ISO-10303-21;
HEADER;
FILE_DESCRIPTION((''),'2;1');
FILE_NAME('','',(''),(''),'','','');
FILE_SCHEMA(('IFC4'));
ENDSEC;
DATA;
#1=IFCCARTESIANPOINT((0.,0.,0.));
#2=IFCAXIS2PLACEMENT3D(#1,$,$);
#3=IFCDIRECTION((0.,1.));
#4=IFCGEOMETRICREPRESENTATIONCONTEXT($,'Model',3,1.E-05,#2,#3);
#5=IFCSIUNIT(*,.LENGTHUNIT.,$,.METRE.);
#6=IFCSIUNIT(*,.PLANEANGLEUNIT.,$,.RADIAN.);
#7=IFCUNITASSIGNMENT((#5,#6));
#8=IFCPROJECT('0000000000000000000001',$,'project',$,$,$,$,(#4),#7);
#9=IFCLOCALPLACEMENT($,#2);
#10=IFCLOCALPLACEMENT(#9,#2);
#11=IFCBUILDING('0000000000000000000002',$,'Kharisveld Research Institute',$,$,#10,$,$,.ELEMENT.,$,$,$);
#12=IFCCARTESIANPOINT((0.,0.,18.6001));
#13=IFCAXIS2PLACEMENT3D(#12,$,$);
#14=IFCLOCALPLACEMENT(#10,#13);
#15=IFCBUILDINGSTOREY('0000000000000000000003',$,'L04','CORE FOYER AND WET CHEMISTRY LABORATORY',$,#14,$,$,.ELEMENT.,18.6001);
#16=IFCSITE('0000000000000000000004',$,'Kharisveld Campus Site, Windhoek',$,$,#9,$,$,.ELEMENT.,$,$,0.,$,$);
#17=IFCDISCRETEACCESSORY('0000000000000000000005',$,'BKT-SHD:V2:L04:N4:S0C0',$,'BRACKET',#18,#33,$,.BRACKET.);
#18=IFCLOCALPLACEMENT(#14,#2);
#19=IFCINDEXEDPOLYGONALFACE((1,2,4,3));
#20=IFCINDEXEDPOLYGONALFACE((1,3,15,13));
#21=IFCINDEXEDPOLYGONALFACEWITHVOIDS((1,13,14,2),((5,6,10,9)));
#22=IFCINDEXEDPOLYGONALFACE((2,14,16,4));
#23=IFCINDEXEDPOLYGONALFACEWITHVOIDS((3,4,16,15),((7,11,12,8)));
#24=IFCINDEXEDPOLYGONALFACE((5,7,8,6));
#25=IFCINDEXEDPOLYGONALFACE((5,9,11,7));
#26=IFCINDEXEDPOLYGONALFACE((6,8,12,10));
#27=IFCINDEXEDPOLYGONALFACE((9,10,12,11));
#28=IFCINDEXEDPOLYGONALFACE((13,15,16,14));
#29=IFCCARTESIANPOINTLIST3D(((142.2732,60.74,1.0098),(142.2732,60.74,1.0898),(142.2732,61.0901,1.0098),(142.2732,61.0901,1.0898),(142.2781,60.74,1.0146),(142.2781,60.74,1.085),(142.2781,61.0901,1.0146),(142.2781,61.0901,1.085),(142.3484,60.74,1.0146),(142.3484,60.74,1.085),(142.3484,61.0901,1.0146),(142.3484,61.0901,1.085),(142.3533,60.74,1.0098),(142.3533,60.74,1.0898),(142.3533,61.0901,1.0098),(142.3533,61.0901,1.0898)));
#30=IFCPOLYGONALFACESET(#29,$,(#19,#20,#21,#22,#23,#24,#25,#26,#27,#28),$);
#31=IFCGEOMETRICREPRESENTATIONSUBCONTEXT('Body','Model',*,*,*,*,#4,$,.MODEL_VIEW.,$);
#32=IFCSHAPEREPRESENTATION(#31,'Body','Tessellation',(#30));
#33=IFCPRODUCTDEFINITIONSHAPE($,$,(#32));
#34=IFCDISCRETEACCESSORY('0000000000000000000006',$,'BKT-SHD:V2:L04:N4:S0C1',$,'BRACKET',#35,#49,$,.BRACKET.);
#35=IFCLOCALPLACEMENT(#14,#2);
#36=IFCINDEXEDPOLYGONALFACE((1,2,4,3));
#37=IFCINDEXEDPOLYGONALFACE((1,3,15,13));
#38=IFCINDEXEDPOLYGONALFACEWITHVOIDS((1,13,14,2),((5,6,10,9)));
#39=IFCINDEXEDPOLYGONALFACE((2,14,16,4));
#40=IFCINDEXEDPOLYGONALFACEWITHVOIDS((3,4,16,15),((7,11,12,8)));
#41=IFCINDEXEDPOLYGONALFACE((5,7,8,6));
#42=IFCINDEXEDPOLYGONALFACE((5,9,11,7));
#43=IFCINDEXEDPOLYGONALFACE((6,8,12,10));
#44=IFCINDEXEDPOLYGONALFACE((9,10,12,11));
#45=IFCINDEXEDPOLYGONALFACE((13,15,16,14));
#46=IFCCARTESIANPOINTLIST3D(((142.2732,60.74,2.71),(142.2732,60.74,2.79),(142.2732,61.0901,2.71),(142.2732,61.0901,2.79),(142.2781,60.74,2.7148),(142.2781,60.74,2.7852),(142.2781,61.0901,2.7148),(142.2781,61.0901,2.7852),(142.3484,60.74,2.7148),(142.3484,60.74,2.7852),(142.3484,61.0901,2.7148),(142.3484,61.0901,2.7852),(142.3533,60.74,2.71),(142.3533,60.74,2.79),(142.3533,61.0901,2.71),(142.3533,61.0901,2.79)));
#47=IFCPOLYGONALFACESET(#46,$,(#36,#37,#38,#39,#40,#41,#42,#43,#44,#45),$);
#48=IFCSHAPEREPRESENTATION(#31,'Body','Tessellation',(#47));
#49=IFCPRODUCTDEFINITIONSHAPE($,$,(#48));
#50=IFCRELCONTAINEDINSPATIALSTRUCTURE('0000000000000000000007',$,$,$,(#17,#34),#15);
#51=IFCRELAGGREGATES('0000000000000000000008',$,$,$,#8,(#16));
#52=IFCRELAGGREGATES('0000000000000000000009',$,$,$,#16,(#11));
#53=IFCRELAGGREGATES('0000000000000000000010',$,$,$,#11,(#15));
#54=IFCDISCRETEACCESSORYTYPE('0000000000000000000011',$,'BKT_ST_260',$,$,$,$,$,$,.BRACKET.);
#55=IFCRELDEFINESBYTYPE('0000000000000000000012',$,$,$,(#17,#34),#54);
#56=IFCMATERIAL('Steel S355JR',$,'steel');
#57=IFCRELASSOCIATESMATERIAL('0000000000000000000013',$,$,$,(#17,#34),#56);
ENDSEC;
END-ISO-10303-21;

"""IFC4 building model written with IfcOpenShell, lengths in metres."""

from ifc_helpers import new_model, si_unit, direction, frame, origin, origin_2d, place, context, subcontext, project, spatial, hollow_rectangle, extrude, material, type_object, element, save


model = new_model("IFC4")

# Units and contexts
model_context = context("Model", 3, precision=1e-05, world=origin(), true_north=direction((0.0, 1.0)))
body_context = subcontext(model_context, "Body", "Model", "MODEL_VIEW")
ifc_project = project(units=[si_unit("LENGTHUNIT", "METRE"), si_unit("PLANEANGLEUNIT", "RADIAN")], contexts=[model_context])

# Site, building, storey
site_placement = place(None, origin())
site = spatial("IfcSite", under=ifc_project, at=site_placement, Name="Kharisveld Campus Site, Windhoek", CompositionType="ELEMENT", RefElevation=0.0)
building_placement = place(site_placement, origin())
building = spatial("IfcBuilding", under=site, at=building_placement, Name="Kharisveld Research Institute", CompositionType="ELEMENT")
storey_placement = place(building_placement, frame((0.0, 0.0, 18.6001)))
storey = spatial("IfcBuildingStorey", under=building, at=storey_placement, Name="L04", Description="CORE FOYER AND WET CHEMISTRY LABORATORY", CompositionType="ELEMENT", Elevation=18.6001)

# Discrete accessories
ifc_material_1 = material(Name="Steel S355JR", Category="steel")
discrete_accessory_type = type_object("IfcDiscreteAccessoryType", Name="BKT_ST_260", PredefinedType="BRACKET")
for number, where, z_axis, x_axis, name in (
    (1, (142.3132, 60.74, 1.0498), (0.0, 1.0, 0.0), (-1.0, 0.0, 0.0), "BKT-SHD:V2:L04:N4:S0C0"),
    (2, (142.3132, 60.74, 2.75), (0.0, 1.0, 0.0), (-1.0, 0.0, 0.0), "BKT-SHD:V2:L04:N4:S0C1"),
):
    element("IfcDiscreteAccessory", number, at=place(storey_placement, frame(where, z_axis=z_axis, x_axis=x_axis)), inside=storey, type_object=discrete_accessory_type, material=ifc_material_1, Name=name, ObjectType="BRACKET", PredefinedType="BRACKET", context=body_context, shape_type="SweptSolid", body=[
        extrude(hollow_rectangle(XDim=0.0801, YDim=0.0801, WallThickness=0.0049, at=origin_2d()), origin(), (0.0, 0.0, 1.0), 0.3501),
    ])

save(model, "model.ifc")
